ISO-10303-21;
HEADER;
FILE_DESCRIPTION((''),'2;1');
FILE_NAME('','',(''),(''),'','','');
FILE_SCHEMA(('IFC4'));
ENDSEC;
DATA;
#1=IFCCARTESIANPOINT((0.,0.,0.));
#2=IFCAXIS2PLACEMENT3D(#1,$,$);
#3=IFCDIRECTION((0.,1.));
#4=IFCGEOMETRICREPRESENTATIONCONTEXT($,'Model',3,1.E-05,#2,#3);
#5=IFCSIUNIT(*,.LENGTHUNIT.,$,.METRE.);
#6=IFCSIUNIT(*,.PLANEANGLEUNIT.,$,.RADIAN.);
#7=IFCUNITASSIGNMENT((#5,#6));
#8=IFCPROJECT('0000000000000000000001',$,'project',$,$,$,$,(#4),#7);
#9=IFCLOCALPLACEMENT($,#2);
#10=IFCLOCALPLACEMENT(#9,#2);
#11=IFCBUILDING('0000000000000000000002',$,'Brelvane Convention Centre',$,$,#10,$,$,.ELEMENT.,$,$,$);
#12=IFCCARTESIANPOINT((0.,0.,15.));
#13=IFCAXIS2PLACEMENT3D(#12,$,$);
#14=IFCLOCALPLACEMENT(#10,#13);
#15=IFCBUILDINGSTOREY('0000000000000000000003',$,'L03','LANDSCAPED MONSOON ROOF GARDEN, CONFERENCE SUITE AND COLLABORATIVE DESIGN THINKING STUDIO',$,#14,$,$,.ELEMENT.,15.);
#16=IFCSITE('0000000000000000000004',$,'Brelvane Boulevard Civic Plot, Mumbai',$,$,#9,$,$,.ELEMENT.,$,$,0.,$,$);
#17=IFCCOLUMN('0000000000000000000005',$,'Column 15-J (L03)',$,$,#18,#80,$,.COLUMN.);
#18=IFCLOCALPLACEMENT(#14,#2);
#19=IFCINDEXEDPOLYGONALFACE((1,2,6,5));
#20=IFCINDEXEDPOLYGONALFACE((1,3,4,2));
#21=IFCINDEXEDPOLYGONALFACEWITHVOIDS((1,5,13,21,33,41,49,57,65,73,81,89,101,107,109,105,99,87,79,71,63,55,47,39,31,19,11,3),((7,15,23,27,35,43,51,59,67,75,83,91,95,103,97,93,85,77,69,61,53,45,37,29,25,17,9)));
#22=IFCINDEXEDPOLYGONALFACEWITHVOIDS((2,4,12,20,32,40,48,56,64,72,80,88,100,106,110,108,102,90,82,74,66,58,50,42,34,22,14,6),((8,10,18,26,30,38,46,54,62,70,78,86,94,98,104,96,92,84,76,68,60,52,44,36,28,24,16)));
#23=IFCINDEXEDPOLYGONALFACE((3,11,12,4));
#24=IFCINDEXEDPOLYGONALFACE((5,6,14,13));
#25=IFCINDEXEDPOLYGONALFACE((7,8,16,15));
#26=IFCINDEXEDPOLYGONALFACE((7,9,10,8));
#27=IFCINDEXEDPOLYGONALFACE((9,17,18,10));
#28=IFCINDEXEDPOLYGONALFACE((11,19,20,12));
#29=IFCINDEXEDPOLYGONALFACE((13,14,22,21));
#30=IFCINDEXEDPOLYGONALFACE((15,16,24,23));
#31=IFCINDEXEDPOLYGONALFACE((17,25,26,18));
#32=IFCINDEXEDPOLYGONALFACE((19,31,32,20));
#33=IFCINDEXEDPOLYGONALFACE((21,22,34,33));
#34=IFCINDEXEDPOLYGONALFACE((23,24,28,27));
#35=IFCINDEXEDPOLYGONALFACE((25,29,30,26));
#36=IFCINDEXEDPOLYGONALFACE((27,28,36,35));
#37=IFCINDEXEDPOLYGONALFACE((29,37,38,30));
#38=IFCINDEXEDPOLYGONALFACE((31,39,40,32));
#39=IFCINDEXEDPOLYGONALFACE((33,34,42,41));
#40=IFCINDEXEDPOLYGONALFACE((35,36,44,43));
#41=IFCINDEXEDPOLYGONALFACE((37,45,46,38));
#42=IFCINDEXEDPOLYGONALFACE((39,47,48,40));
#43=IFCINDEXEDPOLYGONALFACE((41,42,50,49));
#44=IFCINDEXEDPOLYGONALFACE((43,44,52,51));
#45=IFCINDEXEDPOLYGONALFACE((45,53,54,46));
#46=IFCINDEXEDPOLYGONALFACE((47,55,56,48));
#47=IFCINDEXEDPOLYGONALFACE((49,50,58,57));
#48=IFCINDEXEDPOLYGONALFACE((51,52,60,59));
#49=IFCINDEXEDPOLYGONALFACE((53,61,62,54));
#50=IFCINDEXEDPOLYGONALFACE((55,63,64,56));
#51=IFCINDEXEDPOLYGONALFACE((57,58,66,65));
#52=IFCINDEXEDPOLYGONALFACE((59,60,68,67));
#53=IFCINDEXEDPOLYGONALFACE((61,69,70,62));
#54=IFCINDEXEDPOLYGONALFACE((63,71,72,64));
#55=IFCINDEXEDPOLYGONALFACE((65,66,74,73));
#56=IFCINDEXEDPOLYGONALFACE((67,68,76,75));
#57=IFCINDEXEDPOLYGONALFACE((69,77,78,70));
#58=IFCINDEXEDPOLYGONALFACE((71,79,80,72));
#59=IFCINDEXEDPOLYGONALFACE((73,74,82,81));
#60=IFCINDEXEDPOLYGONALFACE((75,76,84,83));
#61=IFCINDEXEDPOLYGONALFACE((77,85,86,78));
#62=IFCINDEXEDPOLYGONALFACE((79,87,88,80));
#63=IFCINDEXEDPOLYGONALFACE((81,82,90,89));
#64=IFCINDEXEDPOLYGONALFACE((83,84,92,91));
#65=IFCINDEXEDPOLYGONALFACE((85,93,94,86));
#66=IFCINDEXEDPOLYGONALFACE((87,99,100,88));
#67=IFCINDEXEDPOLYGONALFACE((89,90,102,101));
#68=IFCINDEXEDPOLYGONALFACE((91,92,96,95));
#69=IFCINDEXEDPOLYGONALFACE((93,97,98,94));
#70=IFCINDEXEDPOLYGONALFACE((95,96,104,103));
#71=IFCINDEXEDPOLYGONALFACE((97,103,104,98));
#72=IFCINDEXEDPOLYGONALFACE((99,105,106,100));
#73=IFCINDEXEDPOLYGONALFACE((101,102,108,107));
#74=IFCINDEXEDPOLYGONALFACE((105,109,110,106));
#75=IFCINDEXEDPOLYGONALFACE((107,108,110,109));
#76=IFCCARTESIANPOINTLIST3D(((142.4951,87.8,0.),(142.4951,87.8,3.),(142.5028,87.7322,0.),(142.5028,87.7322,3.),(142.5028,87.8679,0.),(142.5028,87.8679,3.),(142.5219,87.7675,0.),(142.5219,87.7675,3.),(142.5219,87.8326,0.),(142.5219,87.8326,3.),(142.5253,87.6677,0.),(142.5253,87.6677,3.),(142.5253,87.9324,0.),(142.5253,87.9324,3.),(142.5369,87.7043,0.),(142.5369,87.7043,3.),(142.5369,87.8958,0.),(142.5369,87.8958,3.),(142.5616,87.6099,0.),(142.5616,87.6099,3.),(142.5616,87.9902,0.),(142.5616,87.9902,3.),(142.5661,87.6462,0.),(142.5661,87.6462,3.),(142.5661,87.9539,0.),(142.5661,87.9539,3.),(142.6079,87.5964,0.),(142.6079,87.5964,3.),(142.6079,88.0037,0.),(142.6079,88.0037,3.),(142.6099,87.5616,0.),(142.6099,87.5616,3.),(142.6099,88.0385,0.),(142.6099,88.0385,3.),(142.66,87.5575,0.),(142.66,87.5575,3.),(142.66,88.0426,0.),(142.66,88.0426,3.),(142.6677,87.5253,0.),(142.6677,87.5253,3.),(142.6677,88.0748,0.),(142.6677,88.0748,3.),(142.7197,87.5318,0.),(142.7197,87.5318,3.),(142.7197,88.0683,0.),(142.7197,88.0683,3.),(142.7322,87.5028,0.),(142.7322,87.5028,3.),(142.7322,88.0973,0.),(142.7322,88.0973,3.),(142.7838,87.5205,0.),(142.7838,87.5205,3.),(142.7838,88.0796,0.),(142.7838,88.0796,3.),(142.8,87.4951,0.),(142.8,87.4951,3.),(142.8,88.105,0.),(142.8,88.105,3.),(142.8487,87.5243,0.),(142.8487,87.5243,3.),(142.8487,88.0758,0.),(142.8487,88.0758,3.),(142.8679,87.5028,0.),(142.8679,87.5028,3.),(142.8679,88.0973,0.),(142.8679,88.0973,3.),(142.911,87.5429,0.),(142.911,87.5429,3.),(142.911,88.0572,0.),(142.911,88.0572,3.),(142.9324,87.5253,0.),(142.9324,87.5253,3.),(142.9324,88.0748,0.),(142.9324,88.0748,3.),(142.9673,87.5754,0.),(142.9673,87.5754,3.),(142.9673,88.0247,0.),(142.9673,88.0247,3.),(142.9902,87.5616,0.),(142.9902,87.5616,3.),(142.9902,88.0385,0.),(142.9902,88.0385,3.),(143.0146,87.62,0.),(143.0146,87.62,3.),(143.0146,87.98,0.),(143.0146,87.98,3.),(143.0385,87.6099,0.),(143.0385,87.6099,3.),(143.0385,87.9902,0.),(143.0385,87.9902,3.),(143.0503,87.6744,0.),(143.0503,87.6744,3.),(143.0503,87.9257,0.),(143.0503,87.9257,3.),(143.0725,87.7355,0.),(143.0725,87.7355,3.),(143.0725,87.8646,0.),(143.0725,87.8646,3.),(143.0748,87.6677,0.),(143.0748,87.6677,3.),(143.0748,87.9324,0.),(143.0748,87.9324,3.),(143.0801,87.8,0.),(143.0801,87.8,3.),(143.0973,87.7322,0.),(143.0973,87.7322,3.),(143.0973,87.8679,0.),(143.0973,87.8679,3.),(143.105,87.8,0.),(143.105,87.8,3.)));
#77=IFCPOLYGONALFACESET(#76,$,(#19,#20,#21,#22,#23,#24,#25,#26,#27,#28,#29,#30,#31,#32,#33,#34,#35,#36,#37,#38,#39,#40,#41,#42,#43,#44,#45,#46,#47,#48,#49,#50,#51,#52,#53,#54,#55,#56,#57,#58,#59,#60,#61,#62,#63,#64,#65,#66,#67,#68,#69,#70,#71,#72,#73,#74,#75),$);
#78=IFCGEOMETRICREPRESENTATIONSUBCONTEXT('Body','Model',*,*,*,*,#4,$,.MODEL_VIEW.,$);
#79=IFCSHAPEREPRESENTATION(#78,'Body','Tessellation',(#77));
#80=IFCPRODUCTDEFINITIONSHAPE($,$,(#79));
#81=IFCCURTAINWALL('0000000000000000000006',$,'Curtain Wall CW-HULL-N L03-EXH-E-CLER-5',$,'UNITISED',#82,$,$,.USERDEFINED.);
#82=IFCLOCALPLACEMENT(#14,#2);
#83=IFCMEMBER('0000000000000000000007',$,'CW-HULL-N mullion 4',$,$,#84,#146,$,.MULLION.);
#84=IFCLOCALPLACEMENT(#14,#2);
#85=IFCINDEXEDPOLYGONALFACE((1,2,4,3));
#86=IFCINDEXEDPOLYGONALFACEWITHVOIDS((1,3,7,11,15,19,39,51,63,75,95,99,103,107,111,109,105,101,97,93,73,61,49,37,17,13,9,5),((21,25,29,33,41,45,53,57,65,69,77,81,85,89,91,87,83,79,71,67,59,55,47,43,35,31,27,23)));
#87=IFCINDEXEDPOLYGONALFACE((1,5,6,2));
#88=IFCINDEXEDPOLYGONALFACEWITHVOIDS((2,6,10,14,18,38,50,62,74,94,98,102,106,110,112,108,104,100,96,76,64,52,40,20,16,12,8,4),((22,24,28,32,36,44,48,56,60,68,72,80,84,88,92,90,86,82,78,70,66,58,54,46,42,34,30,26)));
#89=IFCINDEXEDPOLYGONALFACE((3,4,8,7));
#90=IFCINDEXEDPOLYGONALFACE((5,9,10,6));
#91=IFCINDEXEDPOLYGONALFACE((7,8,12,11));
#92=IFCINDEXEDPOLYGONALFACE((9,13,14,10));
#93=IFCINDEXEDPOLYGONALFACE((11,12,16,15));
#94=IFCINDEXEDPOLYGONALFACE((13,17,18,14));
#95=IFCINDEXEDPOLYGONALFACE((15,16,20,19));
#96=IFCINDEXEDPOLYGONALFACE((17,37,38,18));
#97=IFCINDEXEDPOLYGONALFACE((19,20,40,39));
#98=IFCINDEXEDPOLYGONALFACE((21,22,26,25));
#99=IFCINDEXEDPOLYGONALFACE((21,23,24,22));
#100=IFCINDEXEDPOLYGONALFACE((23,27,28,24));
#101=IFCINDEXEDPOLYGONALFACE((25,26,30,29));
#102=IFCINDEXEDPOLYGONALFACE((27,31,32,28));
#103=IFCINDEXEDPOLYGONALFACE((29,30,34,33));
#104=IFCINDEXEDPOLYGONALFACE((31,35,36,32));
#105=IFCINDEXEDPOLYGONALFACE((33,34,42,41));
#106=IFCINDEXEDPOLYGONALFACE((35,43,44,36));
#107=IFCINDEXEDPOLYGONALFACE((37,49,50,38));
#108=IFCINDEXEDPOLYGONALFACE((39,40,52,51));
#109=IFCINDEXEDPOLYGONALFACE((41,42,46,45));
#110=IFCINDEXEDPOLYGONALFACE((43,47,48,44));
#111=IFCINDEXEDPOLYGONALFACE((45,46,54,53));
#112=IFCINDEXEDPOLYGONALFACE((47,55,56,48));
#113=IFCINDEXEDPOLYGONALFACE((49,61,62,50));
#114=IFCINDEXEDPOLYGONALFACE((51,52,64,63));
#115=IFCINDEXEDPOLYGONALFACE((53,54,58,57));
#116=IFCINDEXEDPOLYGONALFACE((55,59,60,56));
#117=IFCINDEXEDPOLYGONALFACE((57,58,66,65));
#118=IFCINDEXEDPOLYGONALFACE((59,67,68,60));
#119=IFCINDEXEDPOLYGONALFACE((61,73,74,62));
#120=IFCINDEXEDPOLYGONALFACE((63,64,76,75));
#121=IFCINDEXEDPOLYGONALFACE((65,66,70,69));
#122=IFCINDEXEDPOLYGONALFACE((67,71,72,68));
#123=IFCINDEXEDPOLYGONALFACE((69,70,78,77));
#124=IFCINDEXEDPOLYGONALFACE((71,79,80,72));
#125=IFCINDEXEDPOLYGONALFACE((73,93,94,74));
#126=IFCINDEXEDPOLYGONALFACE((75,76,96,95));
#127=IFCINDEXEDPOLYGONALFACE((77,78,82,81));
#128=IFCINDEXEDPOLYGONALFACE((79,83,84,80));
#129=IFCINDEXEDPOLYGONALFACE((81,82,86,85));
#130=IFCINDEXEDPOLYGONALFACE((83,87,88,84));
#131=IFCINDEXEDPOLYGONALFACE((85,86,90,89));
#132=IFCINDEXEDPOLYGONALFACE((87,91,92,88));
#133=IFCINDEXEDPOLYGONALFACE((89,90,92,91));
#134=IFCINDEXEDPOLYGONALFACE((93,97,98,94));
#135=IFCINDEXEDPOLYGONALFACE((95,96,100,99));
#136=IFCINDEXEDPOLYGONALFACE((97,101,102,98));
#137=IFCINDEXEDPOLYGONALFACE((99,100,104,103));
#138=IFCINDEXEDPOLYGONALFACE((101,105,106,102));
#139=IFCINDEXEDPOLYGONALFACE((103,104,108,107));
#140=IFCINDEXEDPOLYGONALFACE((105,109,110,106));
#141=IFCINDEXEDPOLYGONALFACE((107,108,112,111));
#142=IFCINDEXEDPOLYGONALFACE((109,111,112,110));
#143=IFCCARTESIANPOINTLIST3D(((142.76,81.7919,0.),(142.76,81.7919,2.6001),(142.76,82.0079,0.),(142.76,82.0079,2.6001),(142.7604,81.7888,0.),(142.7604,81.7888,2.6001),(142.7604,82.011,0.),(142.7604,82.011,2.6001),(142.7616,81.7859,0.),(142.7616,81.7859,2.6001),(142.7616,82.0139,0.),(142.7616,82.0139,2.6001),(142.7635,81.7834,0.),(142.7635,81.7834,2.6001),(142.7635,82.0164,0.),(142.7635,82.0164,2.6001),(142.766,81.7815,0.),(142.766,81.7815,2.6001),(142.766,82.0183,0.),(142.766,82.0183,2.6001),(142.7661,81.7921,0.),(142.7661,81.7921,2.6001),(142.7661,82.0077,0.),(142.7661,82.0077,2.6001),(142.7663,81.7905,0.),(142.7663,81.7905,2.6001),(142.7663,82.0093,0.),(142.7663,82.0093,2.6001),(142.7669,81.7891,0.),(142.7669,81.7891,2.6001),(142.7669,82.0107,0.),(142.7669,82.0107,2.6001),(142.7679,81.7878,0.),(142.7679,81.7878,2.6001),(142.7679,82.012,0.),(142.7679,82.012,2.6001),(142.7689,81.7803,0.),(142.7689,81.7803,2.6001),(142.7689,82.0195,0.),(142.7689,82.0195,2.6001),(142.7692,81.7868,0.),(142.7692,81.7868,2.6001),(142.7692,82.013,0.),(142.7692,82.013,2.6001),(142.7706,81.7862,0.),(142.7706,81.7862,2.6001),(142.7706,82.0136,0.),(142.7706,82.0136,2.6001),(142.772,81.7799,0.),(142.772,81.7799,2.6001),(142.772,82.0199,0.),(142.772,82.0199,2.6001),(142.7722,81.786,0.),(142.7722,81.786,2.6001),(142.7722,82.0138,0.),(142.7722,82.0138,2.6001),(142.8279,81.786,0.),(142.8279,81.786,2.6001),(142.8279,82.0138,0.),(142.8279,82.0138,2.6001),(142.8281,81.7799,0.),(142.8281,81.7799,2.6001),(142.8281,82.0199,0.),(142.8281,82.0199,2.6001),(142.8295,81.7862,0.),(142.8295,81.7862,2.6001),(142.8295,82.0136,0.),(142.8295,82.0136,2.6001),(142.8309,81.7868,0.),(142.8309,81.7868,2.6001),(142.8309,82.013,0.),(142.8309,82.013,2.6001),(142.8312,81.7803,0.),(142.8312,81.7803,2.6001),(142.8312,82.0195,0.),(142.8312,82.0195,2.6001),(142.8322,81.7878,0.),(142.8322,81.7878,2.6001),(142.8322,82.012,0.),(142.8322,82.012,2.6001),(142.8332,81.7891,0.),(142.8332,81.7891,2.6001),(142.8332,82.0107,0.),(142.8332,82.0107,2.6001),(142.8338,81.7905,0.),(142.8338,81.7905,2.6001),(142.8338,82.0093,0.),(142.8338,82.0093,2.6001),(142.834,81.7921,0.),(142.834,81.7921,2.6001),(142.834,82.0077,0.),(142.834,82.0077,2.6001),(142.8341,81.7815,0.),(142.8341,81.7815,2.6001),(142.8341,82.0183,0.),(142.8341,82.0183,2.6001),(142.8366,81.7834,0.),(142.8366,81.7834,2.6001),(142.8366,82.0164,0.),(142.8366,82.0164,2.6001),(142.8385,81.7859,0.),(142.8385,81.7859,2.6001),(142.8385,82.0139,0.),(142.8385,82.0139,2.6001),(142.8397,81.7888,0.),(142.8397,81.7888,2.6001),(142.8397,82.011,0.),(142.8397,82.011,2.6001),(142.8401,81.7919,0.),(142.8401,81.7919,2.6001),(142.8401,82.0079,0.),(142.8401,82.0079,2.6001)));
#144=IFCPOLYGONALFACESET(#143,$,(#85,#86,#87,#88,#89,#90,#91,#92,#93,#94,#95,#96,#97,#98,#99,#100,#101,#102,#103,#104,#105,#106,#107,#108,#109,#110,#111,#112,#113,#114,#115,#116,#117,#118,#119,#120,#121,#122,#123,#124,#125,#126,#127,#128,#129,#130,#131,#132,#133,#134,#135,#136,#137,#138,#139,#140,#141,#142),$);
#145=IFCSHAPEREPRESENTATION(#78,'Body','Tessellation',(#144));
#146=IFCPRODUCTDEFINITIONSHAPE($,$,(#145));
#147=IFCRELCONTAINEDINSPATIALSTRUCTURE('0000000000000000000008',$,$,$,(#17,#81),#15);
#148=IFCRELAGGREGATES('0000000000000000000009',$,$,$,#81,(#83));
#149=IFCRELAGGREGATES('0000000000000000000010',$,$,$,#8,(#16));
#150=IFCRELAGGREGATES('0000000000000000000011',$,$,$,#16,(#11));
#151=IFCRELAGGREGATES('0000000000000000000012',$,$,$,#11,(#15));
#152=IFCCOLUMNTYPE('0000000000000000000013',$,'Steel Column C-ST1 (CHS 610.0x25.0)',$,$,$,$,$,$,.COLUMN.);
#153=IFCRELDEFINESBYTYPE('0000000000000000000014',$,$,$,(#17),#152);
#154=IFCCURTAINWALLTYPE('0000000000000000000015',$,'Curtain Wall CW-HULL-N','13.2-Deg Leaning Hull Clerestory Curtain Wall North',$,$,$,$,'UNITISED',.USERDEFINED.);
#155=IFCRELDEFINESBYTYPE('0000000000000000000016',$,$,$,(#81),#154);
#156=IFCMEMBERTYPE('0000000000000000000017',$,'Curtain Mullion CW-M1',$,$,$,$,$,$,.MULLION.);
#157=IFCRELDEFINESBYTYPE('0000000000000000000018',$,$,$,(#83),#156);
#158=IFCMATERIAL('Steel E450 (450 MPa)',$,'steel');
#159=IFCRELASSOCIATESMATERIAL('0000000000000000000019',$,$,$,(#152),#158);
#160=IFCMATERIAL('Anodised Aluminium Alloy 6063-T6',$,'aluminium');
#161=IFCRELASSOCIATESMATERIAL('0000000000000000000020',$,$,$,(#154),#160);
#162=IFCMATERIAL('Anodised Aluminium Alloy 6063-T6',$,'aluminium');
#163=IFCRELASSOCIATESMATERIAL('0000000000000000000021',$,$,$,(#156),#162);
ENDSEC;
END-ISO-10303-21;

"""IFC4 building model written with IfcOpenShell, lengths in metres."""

from ifc_helpers import new_model, si_unit, direction, frame, origin, origin_2d, place, context, subcontext, project, spatial, hollow_rectangle, hollow_circle, extrude, material, material_profile, profile_set, type_object, element, aggregate, save


model = new_model("IFC4")

# Units and contexts
model_context = context("Model", 3, precision=1e-05, world=origin(), true_north=direction((0.0, 1.0)))
body_context = subcontext(model_context, "Body", "Model", "MODEL_VIEW")
ifc_project = project(units=[si_unit("LENGTHUNIT", "METRE"), si_unit("PLANEANGLEUNIT", "RADIAN")], contexts=[model_context])

# Site, building, storey
site_placement = place(None, origin())
site = spatial("IfcSite", under=ifc_project, at=site_placement, Name="Brelvane Boulevard Civic Plot, Mumbai", CompositionType="ELEMENT", RefElevation=0.0)
building_placement = place(site_placement, origin())
building = spatial("IfcBuilding", under=site, at=building_placement, Name="Brelvane Convention Centre", CompositionType="ELEMENT")
storey_placement = place(building_placement, frame((0.0, 0.0, 15.0)))
storey = spatial("IfcBuildingStorey", under=building, at=storey_placement, Name="L03", Description="LANDSCAPED MONSOON ROOF GARDEN, CONFERENCE SUITE AND COLLABORATIVE DESIGN THINKING STUDIO", CompositionType="ELEMENT", Elevation=15.0)

# Column
ifc_material_1 = material(Name="Steel E450 (450 MPa)", Category="steel")
ifc_material_profile_1 = material_profile(ifc_material_1, hollow_circle(Radius=0.3049, WallThickness=0.0249, at=origin_2d()), Name="CHS 610.0x25.0")
ifc_profile_set_1 = profile_set([ifc_material_profile_1], Name="Steel E450 (450 MPa)")
column_type = type_object("IfcColumnType", Name="Steel Column C-ST1 (CHS 610.0x25.0)", PredefinedType="COLUMN", material=ifc_profile_set_1)
column_placement = place(storey_placement, frame((142.8, 87.8, 0.0), z_axis=(0.0, 0.0, 1.0), x_axis=(1.0, 0.0, 0.0)))
element("IfcColumn", 1, at=column_placement, inside=storey, type_object=column_type, Name="Column 15-J (L03)", PredefinedType="COLUMN", context=body_context, shape_type="SweptSolid", body=[
    extrude(hollow_circle(Radius=0.3049, WallThickness=0.0249, at=origin_2d()), origin(), (0.0, 0.0, 1.0), 3.0),
])

# Curtain wall, member
ifc_material_2 = material(Name="Anodised Aluminium Alloy 6063-T6", Category="aluminium")
curtain_wall_type = type_object("IfcCurtainWallType", Name="Curtain Wall CW-HULL-N", Description="13.2-Deg Leaning Hull Clerestory Curtain Wall North", ElementType="UNITISED", PredefinedType="USERDEFINED", material=ifc_material_2)
curtain_wall_1_placement = place(storey_placement, origin())
curtain_wall_1 = element("IfcCurtainWall", 2, at=curtain_wall_1_placement, inside=storey, type_object=curtain_wall_type, Name="Curtain Wall CW-HULL-N L03-EXH-E-CLER-5", ObjectType="UNITISED", PredefinedType="USERDEFINED")
ifc_material_3 = material(Name="Anodised Aluminium Alloy 6063-T6", Category="aluminium")
ifc_material_profile_2 = material_profile(ifc_material_3, hollow_rectangle(XDim=0.0801, YDim=0.24, WallThickness=0.0061, InnerFilletRadius=0.0061, OuterFilletRadius=0.012, at=origin_2d()), Name="ALU-M 240x80x6.0")
ifc_profile_set_2 = profile_set([ifc_material_profile_2], Name="Anodised Aluminium Alloy 6063-T6")
member_type_1 = type_object("IfcMemberType", Name="Curtain Mullion CW-M1", PredefinedType="MULLION", material=ifc_profile_set_2)
member_1_placement = place(storey_placement, frame((142.8, 81.8999, 0.0), z_axis=(0.0, 0.0, 1.0), x_axis=(-1.0, 0.0, 0.0)))
member_1 = element("IfcMember", 3, at=member_1_placement, type_object=member_type_1, Name="CW-HULL-N mullion 4", PredefinedType="MULLION", context=body_context, shape_type="SweptSolid", body=[
    extrude(hollow_rectangle(XDim=0.0801, YDim=0.24, WallThickness=0.0061, InnerFilletRadius=0.0061, OuterFilletRadius=0.012, at=origin_2d()), origin(), (0.0, 0.0, 1.0), 2.6001),
])

aggregate(curtain_wall_1, [member_1])

save(model, "model.ifc")
